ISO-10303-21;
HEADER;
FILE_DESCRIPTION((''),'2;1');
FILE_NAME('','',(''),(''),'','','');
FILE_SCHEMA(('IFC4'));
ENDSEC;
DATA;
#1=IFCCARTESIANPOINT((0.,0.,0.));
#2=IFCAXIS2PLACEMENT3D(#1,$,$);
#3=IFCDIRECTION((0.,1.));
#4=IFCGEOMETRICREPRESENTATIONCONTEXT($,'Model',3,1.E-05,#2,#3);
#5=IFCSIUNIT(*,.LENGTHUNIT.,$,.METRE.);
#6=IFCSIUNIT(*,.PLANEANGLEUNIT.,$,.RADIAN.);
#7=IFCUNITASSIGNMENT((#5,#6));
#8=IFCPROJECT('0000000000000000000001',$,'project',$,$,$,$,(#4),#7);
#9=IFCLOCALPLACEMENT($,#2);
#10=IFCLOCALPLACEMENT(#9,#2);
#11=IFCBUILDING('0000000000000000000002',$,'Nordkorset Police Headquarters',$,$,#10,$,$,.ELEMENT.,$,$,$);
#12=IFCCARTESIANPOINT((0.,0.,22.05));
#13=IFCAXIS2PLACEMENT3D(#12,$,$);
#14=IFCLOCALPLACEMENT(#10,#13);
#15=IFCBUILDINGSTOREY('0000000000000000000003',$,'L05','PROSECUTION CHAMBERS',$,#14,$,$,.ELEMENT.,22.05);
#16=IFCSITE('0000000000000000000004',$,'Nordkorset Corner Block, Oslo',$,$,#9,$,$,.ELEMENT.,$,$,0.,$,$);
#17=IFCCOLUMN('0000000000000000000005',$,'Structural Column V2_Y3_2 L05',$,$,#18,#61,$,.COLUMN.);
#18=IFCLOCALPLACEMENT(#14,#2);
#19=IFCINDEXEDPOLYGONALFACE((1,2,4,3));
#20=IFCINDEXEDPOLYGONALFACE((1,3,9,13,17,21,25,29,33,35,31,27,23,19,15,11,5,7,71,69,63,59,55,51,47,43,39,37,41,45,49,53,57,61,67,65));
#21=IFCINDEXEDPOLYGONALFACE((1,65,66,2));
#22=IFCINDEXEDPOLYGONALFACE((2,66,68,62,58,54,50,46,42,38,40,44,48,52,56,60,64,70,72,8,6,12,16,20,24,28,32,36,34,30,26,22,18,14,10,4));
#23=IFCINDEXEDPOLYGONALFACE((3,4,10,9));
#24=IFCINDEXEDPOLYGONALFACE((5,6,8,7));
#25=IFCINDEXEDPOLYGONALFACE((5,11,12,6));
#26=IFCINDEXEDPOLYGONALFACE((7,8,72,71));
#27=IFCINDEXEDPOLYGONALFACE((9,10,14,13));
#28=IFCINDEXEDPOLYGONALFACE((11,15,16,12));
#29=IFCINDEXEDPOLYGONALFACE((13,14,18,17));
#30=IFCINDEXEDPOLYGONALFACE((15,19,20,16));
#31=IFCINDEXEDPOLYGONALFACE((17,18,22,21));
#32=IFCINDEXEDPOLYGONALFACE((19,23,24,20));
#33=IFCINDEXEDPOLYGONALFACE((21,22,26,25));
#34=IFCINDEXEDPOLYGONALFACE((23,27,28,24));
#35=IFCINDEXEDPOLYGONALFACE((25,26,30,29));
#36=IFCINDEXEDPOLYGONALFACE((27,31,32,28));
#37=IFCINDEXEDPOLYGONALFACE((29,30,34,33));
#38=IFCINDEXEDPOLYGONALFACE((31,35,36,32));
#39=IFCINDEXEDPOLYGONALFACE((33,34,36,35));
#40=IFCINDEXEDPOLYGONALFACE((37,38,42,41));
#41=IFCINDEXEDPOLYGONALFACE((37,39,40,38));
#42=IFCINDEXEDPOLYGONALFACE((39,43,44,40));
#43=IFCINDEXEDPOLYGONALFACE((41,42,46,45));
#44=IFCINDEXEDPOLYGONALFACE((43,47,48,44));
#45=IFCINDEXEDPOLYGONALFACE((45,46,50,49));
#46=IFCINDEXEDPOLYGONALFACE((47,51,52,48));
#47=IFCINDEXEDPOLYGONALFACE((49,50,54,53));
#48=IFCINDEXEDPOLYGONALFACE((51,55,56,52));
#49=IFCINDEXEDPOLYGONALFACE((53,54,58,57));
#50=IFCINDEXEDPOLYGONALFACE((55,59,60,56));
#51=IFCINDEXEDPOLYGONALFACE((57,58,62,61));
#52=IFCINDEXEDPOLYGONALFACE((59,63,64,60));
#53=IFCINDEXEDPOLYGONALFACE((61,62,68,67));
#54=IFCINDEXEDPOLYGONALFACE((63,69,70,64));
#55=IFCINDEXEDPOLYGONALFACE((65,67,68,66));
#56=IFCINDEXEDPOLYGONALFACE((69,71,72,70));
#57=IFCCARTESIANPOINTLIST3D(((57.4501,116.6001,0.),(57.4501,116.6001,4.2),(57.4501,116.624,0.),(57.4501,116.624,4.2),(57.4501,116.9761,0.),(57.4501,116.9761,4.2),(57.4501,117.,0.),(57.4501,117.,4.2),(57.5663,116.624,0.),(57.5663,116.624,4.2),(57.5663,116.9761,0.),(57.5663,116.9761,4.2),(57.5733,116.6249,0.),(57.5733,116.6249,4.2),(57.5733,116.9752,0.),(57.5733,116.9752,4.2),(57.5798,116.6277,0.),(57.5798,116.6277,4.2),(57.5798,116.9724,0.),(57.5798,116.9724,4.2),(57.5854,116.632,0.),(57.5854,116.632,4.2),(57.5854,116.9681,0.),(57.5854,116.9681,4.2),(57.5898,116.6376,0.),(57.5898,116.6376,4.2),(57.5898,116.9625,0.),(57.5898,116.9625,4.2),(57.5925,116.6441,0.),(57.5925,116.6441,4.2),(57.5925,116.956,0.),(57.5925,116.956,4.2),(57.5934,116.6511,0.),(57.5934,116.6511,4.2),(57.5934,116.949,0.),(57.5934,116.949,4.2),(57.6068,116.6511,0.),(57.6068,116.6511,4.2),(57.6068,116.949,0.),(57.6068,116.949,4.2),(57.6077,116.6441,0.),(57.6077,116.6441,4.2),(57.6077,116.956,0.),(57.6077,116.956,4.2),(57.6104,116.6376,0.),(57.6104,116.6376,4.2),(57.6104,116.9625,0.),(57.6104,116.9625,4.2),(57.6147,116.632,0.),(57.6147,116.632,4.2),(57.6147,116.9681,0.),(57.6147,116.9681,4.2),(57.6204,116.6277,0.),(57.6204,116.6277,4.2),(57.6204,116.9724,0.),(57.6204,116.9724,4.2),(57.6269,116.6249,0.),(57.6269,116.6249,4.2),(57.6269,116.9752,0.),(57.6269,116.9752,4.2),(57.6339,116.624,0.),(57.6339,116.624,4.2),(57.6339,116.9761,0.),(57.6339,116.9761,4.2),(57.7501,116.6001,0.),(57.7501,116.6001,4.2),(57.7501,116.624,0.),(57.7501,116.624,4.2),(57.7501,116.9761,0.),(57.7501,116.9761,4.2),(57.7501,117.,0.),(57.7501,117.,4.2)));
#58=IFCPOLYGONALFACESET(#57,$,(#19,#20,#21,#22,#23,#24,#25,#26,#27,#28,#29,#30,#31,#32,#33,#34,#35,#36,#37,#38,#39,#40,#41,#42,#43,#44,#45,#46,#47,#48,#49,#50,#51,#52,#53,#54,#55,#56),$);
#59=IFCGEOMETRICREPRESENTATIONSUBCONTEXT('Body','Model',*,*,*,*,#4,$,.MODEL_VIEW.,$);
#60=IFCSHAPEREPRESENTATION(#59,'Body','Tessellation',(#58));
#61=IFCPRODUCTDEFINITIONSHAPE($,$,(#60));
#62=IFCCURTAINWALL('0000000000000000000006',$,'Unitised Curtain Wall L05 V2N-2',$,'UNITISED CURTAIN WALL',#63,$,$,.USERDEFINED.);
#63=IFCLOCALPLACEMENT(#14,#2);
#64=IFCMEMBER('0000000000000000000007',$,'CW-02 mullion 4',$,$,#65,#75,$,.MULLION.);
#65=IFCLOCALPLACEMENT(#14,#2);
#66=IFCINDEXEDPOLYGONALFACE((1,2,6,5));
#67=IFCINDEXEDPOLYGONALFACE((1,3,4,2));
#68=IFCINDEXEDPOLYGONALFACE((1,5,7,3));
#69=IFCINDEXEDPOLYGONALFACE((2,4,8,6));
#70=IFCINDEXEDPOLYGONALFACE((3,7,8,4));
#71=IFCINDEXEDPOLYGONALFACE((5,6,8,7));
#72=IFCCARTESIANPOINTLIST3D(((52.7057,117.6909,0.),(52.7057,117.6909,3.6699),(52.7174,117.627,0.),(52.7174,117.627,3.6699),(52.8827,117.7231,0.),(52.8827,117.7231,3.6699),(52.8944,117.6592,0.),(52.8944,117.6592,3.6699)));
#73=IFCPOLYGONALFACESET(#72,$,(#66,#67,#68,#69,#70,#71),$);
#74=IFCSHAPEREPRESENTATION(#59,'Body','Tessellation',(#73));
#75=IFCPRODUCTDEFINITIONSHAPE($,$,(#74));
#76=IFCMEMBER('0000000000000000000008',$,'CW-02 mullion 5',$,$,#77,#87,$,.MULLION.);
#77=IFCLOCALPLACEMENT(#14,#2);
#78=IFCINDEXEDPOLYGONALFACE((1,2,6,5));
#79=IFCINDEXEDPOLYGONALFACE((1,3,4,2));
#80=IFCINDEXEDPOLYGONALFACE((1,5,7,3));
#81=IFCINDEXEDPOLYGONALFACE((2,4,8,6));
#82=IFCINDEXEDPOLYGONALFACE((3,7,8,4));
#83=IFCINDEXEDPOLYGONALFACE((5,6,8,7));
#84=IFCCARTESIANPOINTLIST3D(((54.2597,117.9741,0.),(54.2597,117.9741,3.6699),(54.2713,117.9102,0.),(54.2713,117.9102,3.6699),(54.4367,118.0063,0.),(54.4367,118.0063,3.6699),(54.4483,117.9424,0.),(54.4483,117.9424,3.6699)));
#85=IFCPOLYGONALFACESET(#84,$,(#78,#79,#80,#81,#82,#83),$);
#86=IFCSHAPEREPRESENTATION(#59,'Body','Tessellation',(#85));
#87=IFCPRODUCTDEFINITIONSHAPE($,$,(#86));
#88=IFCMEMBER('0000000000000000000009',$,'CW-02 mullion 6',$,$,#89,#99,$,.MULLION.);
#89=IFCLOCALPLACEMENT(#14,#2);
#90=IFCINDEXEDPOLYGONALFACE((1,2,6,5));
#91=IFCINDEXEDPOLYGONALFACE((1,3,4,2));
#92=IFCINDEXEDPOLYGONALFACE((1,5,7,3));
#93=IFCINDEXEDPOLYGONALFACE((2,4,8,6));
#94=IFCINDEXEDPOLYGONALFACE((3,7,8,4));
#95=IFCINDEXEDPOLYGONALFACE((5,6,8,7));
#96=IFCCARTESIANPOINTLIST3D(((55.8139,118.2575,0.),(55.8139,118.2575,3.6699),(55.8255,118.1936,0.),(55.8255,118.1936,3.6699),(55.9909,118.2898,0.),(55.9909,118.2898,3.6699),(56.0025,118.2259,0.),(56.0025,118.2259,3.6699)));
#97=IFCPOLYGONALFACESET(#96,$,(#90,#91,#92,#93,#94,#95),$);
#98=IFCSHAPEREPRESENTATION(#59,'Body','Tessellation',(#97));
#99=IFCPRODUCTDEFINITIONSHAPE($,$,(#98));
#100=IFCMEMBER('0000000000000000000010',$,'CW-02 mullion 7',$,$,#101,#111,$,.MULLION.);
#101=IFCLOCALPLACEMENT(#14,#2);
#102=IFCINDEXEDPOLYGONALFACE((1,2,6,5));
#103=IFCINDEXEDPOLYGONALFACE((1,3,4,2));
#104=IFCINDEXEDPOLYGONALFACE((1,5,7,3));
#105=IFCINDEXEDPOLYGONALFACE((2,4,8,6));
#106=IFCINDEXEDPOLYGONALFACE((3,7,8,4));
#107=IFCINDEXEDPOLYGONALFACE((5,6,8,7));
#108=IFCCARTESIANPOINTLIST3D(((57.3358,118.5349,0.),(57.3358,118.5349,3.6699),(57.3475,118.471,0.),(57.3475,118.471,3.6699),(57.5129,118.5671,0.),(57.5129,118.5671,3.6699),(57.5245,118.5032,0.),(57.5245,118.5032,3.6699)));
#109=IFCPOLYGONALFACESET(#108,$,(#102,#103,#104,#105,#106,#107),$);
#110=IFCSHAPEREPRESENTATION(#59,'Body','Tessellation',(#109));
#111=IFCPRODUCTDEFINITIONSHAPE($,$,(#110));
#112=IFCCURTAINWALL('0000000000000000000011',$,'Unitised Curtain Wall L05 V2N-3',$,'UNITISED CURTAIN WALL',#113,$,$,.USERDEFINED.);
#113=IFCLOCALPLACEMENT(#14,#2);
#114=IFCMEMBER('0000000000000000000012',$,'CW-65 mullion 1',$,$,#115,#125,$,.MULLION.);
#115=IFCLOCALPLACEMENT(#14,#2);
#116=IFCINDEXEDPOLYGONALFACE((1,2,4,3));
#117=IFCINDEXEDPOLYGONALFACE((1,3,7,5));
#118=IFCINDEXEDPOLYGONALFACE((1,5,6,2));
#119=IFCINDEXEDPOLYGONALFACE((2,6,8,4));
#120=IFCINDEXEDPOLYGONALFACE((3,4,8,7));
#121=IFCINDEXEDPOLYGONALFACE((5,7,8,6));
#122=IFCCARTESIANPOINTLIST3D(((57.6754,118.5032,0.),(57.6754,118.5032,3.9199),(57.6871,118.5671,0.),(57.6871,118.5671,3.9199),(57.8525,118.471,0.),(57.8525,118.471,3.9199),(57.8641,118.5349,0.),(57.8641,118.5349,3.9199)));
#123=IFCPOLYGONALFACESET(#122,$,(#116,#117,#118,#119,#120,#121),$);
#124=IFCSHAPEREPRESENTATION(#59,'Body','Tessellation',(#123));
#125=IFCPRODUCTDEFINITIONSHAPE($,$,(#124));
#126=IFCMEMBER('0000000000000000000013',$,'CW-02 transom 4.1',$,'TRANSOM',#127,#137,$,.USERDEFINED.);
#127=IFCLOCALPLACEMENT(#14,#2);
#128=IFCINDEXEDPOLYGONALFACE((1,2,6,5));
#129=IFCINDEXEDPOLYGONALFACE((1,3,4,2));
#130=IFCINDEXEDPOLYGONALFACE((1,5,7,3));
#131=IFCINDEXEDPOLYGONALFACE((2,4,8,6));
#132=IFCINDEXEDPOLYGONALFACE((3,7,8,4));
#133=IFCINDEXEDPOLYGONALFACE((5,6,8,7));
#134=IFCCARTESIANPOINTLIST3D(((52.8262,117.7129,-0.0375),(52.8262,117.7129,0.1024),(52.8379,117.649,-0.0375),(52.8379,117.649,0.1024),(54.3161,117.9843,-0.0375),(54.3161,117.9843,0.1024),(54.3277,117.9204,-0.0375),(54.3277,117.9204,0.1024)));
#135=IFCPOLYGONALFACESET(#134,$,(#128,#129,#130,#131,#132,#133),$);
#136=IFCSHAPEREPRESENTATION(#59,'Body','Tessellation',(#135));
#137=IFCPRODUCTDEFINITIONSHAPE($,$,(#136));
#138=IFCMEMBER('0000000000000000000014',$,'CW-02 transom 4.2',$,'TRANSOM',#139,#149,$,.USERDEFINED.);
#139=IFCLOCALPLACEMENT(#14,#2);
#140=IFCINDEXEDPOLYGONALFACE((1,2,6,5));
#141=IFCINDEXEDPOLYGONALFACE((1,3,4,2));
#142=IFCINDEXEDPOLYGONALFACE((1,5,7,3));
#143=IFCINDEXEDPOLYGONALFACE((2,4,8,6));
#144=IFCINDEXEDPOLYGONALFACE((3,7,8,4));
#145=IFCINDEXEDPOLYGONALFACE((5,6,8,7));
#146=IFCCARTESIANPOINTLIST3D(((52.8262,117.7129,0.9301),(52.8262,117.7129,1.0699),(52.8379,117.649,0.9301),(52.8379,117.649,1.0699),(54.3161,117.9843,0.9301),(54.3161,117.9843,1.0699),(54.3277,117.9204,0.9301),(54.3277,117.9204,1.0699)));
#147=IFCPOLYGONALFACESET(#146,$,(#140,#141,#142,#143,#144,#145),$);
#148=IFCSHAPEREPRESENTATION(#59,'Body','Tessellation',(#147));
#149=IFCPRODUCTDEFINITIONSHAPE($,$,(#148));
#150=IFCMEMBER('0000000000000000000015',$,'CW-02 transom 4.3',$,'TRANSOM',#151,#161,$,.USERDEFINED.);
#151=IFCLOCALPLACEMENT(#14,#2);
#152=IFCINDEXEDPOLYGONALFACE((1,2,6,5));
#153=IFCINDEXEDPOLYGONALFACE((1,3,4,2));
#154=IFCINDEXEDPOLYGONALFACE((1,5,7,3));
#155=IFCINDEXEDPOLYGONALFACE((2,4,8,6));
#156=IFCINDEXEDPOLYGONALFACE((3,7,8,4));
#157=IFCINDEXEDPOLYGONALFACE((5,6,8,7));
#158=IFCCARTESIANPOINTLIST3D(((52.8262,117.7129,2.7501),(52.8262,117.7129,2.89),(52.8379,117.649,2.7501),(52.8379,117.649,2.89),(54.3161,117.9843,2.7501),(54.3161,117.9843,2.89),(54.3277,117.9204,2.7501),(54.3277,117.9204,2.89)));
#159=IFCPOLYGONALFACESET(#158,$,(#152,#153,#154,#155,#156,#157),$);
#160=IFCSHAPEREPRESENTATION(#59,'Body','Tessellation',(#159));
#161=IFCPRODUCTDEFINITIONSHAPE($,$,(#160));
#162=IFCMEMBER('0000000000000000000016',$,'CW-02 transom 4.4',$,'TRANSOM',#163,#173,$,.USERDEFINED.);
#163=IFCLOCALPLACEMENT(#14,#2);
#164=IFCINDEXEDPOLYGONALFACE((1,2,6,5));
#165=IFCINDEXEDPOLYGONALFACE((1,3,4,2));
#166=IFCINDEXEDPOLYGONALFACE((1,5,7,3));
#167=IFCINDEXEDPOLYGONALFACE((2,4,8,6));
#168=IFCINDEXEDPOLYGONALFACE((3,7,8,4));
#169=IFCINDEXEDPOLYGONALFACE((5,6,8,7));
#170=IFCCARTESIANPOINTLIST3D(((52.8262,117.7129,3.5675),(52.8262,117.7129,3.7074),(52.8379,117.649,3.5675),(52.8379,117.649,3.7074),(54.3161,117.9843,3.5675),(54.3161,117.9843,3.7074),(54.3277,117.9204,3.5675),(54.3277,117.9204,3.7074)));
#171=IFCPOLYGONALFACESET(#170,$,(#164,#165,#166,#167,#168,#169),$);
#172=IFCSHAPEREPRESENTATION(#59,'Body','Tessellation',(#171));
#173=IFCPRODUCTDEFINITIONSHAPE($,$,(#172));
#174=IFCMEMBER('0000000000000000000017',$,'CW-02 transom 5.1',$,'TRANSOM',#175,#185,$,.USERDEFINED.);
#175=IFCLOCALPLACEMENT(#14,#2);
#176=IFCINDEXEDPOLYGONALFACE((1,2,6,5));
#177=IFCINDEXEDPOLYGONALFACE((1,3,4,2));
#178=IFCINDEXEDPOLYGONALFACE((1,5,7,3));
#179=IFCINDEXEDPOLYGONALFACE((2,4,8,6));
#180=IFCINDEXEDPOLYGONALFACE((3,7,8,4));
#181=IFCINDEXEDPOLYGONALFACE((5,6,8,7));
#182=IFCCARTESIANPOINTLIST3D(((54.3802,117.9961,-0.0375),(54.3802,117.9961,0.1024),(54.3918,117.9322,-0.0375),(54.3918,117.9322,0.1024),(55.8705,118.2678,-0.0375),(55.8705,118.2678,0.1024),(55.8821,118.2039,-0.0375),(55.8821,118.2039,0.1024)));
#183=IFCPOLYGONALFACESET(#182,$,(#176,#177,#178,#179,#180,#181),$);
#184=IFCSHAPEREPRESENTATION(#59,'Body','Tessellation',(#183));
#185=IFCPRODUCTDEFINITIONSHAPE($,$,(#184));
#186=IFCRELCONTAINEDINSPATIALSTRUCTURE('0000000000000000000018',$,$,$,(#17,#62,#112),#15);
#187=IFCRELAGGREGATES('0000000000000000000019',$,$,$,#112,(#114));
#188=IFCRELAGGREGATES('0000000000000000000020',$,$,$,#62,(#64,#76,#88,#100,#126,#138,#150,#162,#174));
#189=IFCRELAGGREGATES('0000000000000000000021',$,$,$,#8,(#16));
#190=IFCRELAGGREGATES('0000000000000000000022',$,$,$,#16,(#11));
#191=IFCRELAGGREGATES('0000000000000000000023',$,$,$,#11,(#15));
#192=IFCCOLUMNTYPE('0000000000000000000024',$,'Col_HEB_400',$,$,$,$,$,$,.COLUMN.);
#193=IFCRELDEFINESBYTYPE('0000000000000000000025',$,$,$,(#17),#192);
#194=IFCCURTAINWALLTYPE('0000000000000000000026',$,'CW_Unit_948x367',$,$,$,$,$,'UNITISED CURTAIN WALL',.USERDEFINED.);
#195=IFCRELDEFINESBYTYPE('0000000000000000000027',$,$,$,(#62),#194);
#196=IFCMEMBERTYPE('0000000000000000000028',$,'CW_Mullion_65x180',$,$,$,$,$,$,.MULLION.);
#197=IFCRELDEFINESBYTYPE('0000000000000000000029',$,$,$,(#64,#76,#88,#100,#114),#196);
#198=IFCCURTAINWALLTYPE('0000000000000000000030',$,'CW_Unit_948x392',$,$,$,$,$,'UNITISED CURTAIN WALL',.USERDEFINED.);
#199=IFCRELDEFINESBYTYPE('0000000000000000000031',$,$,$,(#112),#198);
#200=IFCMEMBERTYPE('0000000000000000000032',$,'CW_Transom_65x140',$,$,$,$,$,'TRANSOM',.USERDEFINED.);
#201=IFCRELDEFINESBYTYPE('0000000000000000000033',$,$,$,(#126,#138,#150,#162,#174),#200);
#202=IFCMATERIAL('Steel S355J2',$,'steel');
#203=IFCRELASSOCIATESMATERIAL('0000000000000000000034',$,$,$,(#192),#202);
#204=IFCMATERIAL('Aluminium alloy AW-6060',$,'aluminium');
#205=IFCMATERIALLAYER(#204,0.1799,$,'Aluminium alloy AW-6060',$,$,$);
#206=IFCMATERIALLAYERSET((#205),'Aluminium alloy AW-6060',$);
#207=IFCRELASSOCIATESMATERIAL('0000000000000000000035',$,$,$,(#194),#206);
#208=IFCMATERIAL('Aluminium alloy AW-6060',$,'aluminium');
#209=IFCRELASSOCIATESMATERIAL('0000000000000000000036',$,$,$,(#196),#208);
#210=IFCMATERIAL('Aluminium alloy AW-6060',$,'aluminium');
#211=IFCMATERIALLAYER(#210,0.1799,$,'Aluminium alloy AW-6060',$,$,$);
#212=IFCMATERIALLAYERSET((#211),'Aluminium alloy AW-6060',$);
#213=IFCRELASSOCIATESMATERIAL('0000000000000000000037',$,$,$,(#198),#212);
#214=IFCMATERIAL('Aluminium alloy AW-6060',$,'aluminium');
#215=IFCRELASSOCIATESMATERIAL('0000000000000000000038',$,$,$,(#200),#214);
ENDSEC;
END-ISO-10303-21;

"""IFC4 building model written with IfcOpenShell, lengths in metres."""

from ifc_helpers import new_model, si_unit, direction, frame, origin, origin_2d, place, context, subcontext, project, spatial, rectangle, i_section, extrude, material, layer, layer_set, material_profile, profile_set, type_object, element, aggregate, save


model = new_model("IFC4")

# Units and contexts
model_context = context("Model", 3, precision=1e-05, world=origin(), true_north=direction((0.0, 1.0)))
body_context = subcontext(model_context, "Body", "Model", "MODEL_VIEW")
ifc_project = project(units=[si_unit("LENGTHUNIT", "METRE"), si_unit("PLANEANGLEUNIT", "RADIAN")], contexts=[model_context])

# Site, building, storey
site_placement = place(None, origin())
site = spatial("IfcSite", under=ifc_project, at=site_placement, Name="Nordkorset Corner Block, Oslo", CompositionType="ELEMENT", RefElevation=0.0)
building_placement = place(site_placement, origin())
building = spatial("IfcBuilding", under=site, at=building_placement, Name="Nordkorset Police Headquarters", CompositionType="ELEMENT")
storey_placement = place(building_placement, frame((0.0, 0.0, 22.05)))
storey = spatial("IfcBuildingStorey", under=building, at=storey_placement, Name="L05", Description="PROSECUTION CHAMBERS", CompositionType="ELEMENT", Elevation=22.05)

# Column
ifc_material_1 = material(Name="Steel S355J2", Category="steel")
ifc_material_profile_1 = material_profile(ifc_material_1, i_section(OverallWidth=0.3, OverallDepth=0.3999, WebThickness=0.0134, FlangeThickness=0.0239, FilletRadius=0.0271, at=origin_2d()), Name="HEB 400")
ifc_profile_set_1 = profile_set([ifc_material_profile_1], Name="Steel S355J2")
column_type = type_object("IfcColumnType", Name="Col_HEB_400", PredefinedType="COLUMN", material=ifc_profile_set_1)
column_placement = place(storey_placement, frame((57.6001, 116.8, 0.0), z_axis=(0.0, 0.0, 1.0), x_axis=(1.0, 0.0, 0.0)))
element("IfcColumn", 1, at=column_placement, inside=storey, type_object=column_type, Name="Structural Column V2_Y3_2 L05", PredefinedType="COLUMN", context=body_context, shape_type="SweptSolid", body=[
    extrude(i_section(OverallWidth=0.3, OverallDepth=0.3999, WebThickness=0.0134, FlangeThickness=0.0239, FilletRadius=0.0271, at=origin_2d()), origin(), (0.0, 0.0, 1.0), 4.2),
])

# Curtain wall, members
ifc_material_2 = material(Name="Aluminium alloy AW-6060", Category="aluminium")
ifc_layer_1 = layer(ifc_material_2, 0.1799, Name="Aluminium alloy AW-6060")
ifc_layer_set_1 = layer_set([ifc_layer_1], Name="Aluminium alloy AW-6060")
curtain_wall_type_1 = type_object("IfcCurtainWallType", Name="CW_Unit_948x367", ElementType="UNITISED CURTAIN WALL", PredefinedType="USERDEFINED", material=ifc_layer_set_1)
curtain_wall_1_placement = place(storey_placement, origin())
curtain_wall_1 = element("IfcCurtainWall", 2, at=curtain_wall_1_placement, inside=storey, type_object=curtain_wall_type_1, Name="Unitised Curtain Wall L05 V2N-2", ObjectType="UNITISED CURTAIN WALL", PredefinedType="USERDEFINED")
ifc_material_3 = material(Name="Aluminium alloy AW-6060", Category="aluminium")
ifc_material_profile_2 = material_profile(ifc_material_3, rectangle(XDim=0.0649, YDim=0.1799, at=origin_2d()), Name="ALU MULL 65x180")
ifc_profile_set_2 = profile_set([ifc_material_profile_2], Name="Aluminium alloy AW-6060")
member_type_1 = type_object("IfcMemberType", Name="CW_Mullion_65x180", PredefinedType="MULLION", material=ifc_profile_set_2)
member_1_placement = place(storey_placement, frame((52.8, 117.675, 0.0), z_axis=(0.0, 0.0, 1.0), x_axis=(-0.179336, 0.983788, 0.0)))
member_1 = element("IfcMember", 3, at=member_1_placement, type_object=member_type_1, Name="CW-02 mullion 4", PredefinedType="MULLION", context=body_context, shape_type="SweptSolid", body=[
    extrude(rectangle(XDim=0.0649, YDim=0.1799, at=origin_2d()), origin(), (0.0, 0.0, 1.0), 3.6699),
])
member_2_placement = place(storey_placement, frame((54.354, 117.9583, 0.0), z_axis=(0.0, 0.0, 1.0), x_axis=(-0.179336, 0.983788, 0.0)))
member_2 = element("IfcMember", 4, at=member_2_placement, type_object=member_type_1, Name="CW-02 mullion 5", PredefinedType="MULLION", context=body_context, shape_type="SweptSolid", body=[
    extrude(rectangle(XDim=0.0649, YDim=0.1799, at=origin_2d()), origin(), (0.0, 0.0, 1.0), 3.6699),
])
member_3_placement = place(storey_placement, frame((55.9082, 118.2417, 0.0), z_axis=(0.0, 0.0, 1.0), x_axis=(-0.179336, 0.983788, 0.0)))
member_3 = element("IfcMember", 5, at=member_3_placement, type_object=member_type_1, Name="CW-02 mullion 6", PredefinedType="MULLION", context=body_context, shape_type="SweptSolid", body=[
    extrude(rectangle(XDim=0.0649, YDim=0.1799, at=origin_2d()), origin(), (0.0, 0.0, 1.0), 3.6699),
])
member_4_placement = place(storey_placement, frame((57.4302, 118.519, 0.0), z_axis=(0.0, 0.0, 1.0), x_axis=(-0.179336, 0.983788, 0.0)))
member_4 = element("IfcMember", 6, at=member_4_placement, type_object=member_type_1, Name="CW-02 mullion 7", PredefinedType="MULLION", context=body_context, shape_type="SweptSolid", body=[
    extrude(rectangle(XDim=0.0649, YDim=0.1799, at=origin_2d()), origin(), (0.0, 0.0, 1.0), 3.6699),
])

# Curtain wall, member
ifc_material_4 = material(Name="Aluminium alloy AW-6060", Category="aluminium")
ifc_layer_2 = layer(ifc_material_4, 0.1799, Name="Aluminium alloy AW-6060")
ifc_layer_set_2 = layer_set([ifc_layer_2], Name="Aluminium alloy AW-6060")
curtain_wall_type_2 = type_object("IfcCurtainWallType", Name="CW_Unit_948x392", ElementType="UNITISED CURTAIN WALL", PredefinedType="USERDEFINED", material=ifc_layer_set_2)
curtain_wall_2_placement = place(storey_placement, origin())
curtain_wall_2 = element("IfcCurtainWall", 7, at=curtain_wall_2_placement, inside=storey, type_object=curtain_wall_type_2, Name="Unitised Curtain Wall L05 V2N-3", ObjectType="UNITISED CURTAIN WALL", PredefinedType="USERDEFINED")
member_5_placement = place(storey_placement, frame((57.7698, 118.519, 0.0), z_axis=(0.0, 0.0, 1.0), x_axis=(0.179336, 0.983788, 0.0)))
member_5 = element("IfcMember", 8, at=member_5_placement, type_object=member_type_1, Name="CW-65 mullion 1", PredefinedType="MULLION", context=body_context, shape_type="SweptSolid", body=[
    extrude(rectangle(XDim=0.0649, YDim=0.1799, at=origin_2d()), origin(), (0.0, 0.0, 1.0), 3.9199),
])

# Members
ifc_material_5 = material(Name="Aluminium alloy AW-6060", Category="aluminium")
ifc_material_profile_3 = material_profile(ifc_material_5, rectangle(XDim=0.0649, YDim=0.1399, at=origin_2d()), Name="ALU TRAN 65x140")
ifc_profile_set_3 = profile_set([ifc_material_profile_3], Name="Aluminium alloy AW-6060")
member_type_2 = type_object("IfcMemberType", Name="CW_Transom_65x140", ElementType="TRANSOM", PredefinedType="USERDEFINED", material=ifc_profile_set_3)
member_6_placement = place(storey_placement, frame((52.832, 117.6809, 0.0325), z_axis=(0.983803, 0.179254, 0.0), x_axis=(-0.179254, 0.983803, 0.0)))
member_6 = element("IfcMember", 9, at=member_6_placement, type_object=member_type_2, Name="CW-02 transom 4.1", ObjectType="TRANSOM", PredefinedType="USERDEFINED", context=body_context, shape_type="SweptSolid", body=[
    extrude(rectangle(XDim=0.0649, YDim=0.1399, at=origin_2d()), origin(), (0.0, 0.0, 1.0), 1.5144),
])
member_7_placement = place(storey_placement, frame((52.832, 117.6809, 1.0), z_axis=(0.983803, 0.179254, 0.0), x_axis=(-0.179254, 0.983803, 0.0)))
member_7 = element("IfcMember", 10, at=member_7_placement, type_object=member_type_2, Name="CW-02 transom 4.2", ObjectType="TRANSOM", PredefinedType="USERDEFINED", context=body_context, shape_type="SweptSolid", body=[
    extrude(rectangle(XDim=0.0649, YDim=0.1399, at=origin_2d()), origin(), (0.0, 0.0, 1.0), 1.5144),
])
member_8_placement = place(storey_placement, frame((52.832, 117.6809, 2.8201), z_axis=(0.983803, 0.179254, 0.0), x_axis=(-0.179254, 0.983803, 0.0)))
member_8 = element("IfcMember", 11, at=member_8_placement, type_object=member_type_2, Name="CW-02 transom 4.3", ObjectType="TRANSOM", PredefinedType="USERDEFINED", context=body_context, shape_type="SweptSolid", body=[
    extrude(rectangle(XDim=0.0649, YDim=0.1399, at=origin_2d()), origin(), (0.0, 0.0, 1.0), 1.5144),
])
member_9_placement = place(storey_placement, frame((52.832, 117.6809, 3.6375), z_axis=(0.983803, 0.179254, 0.0), x_axis=(-0.179254, 0.983803, 0.0)))
member_9 = element("IfcMember", 12, at=member_9_placement, type_object=member_type_2, Name="CW-02 transom 4.4", ObjectType="TRANSOM", PredefinedType="USERDEFINED", context=body_context, shape_type="SweptSolid", body=[
    extrude(rectangle(XDim=0.0649, YDim=0.1399, at=origin_2d()), origin(), (0.0, 0.0, 1.0), 1.5144),
])
member_10_placement = place(storey_placement, frame((54.386, 117.9641, 0.0325), z_axis=(0.98378, 0.179382, 0.0), x_axis=(-0.179382, 0.98378, 0.0)))
member_10 = element("IfcMember", 13, at=member_10_placement, type_object=member_type_2, Name="CW-02 transom 5.1", ObjectType="TRANSOM", PredefinedType="USERDEFINED", context=body_context, shape_type="SweptSolid", body=[
    extrude(rectangle(XDim=0.0649, YDim=0.1399, at=origin_2d()), origin(), (0.0, 0.0, 1.0), 1.5149),
])
aggregate(curtain_wall_2, [member_5])

aggregate(curtain_wall_1, [member_1, member_2, member_3, member_4, member_6, member_7, member_8, member_9, member_10])

save(model, "model.ifc")
